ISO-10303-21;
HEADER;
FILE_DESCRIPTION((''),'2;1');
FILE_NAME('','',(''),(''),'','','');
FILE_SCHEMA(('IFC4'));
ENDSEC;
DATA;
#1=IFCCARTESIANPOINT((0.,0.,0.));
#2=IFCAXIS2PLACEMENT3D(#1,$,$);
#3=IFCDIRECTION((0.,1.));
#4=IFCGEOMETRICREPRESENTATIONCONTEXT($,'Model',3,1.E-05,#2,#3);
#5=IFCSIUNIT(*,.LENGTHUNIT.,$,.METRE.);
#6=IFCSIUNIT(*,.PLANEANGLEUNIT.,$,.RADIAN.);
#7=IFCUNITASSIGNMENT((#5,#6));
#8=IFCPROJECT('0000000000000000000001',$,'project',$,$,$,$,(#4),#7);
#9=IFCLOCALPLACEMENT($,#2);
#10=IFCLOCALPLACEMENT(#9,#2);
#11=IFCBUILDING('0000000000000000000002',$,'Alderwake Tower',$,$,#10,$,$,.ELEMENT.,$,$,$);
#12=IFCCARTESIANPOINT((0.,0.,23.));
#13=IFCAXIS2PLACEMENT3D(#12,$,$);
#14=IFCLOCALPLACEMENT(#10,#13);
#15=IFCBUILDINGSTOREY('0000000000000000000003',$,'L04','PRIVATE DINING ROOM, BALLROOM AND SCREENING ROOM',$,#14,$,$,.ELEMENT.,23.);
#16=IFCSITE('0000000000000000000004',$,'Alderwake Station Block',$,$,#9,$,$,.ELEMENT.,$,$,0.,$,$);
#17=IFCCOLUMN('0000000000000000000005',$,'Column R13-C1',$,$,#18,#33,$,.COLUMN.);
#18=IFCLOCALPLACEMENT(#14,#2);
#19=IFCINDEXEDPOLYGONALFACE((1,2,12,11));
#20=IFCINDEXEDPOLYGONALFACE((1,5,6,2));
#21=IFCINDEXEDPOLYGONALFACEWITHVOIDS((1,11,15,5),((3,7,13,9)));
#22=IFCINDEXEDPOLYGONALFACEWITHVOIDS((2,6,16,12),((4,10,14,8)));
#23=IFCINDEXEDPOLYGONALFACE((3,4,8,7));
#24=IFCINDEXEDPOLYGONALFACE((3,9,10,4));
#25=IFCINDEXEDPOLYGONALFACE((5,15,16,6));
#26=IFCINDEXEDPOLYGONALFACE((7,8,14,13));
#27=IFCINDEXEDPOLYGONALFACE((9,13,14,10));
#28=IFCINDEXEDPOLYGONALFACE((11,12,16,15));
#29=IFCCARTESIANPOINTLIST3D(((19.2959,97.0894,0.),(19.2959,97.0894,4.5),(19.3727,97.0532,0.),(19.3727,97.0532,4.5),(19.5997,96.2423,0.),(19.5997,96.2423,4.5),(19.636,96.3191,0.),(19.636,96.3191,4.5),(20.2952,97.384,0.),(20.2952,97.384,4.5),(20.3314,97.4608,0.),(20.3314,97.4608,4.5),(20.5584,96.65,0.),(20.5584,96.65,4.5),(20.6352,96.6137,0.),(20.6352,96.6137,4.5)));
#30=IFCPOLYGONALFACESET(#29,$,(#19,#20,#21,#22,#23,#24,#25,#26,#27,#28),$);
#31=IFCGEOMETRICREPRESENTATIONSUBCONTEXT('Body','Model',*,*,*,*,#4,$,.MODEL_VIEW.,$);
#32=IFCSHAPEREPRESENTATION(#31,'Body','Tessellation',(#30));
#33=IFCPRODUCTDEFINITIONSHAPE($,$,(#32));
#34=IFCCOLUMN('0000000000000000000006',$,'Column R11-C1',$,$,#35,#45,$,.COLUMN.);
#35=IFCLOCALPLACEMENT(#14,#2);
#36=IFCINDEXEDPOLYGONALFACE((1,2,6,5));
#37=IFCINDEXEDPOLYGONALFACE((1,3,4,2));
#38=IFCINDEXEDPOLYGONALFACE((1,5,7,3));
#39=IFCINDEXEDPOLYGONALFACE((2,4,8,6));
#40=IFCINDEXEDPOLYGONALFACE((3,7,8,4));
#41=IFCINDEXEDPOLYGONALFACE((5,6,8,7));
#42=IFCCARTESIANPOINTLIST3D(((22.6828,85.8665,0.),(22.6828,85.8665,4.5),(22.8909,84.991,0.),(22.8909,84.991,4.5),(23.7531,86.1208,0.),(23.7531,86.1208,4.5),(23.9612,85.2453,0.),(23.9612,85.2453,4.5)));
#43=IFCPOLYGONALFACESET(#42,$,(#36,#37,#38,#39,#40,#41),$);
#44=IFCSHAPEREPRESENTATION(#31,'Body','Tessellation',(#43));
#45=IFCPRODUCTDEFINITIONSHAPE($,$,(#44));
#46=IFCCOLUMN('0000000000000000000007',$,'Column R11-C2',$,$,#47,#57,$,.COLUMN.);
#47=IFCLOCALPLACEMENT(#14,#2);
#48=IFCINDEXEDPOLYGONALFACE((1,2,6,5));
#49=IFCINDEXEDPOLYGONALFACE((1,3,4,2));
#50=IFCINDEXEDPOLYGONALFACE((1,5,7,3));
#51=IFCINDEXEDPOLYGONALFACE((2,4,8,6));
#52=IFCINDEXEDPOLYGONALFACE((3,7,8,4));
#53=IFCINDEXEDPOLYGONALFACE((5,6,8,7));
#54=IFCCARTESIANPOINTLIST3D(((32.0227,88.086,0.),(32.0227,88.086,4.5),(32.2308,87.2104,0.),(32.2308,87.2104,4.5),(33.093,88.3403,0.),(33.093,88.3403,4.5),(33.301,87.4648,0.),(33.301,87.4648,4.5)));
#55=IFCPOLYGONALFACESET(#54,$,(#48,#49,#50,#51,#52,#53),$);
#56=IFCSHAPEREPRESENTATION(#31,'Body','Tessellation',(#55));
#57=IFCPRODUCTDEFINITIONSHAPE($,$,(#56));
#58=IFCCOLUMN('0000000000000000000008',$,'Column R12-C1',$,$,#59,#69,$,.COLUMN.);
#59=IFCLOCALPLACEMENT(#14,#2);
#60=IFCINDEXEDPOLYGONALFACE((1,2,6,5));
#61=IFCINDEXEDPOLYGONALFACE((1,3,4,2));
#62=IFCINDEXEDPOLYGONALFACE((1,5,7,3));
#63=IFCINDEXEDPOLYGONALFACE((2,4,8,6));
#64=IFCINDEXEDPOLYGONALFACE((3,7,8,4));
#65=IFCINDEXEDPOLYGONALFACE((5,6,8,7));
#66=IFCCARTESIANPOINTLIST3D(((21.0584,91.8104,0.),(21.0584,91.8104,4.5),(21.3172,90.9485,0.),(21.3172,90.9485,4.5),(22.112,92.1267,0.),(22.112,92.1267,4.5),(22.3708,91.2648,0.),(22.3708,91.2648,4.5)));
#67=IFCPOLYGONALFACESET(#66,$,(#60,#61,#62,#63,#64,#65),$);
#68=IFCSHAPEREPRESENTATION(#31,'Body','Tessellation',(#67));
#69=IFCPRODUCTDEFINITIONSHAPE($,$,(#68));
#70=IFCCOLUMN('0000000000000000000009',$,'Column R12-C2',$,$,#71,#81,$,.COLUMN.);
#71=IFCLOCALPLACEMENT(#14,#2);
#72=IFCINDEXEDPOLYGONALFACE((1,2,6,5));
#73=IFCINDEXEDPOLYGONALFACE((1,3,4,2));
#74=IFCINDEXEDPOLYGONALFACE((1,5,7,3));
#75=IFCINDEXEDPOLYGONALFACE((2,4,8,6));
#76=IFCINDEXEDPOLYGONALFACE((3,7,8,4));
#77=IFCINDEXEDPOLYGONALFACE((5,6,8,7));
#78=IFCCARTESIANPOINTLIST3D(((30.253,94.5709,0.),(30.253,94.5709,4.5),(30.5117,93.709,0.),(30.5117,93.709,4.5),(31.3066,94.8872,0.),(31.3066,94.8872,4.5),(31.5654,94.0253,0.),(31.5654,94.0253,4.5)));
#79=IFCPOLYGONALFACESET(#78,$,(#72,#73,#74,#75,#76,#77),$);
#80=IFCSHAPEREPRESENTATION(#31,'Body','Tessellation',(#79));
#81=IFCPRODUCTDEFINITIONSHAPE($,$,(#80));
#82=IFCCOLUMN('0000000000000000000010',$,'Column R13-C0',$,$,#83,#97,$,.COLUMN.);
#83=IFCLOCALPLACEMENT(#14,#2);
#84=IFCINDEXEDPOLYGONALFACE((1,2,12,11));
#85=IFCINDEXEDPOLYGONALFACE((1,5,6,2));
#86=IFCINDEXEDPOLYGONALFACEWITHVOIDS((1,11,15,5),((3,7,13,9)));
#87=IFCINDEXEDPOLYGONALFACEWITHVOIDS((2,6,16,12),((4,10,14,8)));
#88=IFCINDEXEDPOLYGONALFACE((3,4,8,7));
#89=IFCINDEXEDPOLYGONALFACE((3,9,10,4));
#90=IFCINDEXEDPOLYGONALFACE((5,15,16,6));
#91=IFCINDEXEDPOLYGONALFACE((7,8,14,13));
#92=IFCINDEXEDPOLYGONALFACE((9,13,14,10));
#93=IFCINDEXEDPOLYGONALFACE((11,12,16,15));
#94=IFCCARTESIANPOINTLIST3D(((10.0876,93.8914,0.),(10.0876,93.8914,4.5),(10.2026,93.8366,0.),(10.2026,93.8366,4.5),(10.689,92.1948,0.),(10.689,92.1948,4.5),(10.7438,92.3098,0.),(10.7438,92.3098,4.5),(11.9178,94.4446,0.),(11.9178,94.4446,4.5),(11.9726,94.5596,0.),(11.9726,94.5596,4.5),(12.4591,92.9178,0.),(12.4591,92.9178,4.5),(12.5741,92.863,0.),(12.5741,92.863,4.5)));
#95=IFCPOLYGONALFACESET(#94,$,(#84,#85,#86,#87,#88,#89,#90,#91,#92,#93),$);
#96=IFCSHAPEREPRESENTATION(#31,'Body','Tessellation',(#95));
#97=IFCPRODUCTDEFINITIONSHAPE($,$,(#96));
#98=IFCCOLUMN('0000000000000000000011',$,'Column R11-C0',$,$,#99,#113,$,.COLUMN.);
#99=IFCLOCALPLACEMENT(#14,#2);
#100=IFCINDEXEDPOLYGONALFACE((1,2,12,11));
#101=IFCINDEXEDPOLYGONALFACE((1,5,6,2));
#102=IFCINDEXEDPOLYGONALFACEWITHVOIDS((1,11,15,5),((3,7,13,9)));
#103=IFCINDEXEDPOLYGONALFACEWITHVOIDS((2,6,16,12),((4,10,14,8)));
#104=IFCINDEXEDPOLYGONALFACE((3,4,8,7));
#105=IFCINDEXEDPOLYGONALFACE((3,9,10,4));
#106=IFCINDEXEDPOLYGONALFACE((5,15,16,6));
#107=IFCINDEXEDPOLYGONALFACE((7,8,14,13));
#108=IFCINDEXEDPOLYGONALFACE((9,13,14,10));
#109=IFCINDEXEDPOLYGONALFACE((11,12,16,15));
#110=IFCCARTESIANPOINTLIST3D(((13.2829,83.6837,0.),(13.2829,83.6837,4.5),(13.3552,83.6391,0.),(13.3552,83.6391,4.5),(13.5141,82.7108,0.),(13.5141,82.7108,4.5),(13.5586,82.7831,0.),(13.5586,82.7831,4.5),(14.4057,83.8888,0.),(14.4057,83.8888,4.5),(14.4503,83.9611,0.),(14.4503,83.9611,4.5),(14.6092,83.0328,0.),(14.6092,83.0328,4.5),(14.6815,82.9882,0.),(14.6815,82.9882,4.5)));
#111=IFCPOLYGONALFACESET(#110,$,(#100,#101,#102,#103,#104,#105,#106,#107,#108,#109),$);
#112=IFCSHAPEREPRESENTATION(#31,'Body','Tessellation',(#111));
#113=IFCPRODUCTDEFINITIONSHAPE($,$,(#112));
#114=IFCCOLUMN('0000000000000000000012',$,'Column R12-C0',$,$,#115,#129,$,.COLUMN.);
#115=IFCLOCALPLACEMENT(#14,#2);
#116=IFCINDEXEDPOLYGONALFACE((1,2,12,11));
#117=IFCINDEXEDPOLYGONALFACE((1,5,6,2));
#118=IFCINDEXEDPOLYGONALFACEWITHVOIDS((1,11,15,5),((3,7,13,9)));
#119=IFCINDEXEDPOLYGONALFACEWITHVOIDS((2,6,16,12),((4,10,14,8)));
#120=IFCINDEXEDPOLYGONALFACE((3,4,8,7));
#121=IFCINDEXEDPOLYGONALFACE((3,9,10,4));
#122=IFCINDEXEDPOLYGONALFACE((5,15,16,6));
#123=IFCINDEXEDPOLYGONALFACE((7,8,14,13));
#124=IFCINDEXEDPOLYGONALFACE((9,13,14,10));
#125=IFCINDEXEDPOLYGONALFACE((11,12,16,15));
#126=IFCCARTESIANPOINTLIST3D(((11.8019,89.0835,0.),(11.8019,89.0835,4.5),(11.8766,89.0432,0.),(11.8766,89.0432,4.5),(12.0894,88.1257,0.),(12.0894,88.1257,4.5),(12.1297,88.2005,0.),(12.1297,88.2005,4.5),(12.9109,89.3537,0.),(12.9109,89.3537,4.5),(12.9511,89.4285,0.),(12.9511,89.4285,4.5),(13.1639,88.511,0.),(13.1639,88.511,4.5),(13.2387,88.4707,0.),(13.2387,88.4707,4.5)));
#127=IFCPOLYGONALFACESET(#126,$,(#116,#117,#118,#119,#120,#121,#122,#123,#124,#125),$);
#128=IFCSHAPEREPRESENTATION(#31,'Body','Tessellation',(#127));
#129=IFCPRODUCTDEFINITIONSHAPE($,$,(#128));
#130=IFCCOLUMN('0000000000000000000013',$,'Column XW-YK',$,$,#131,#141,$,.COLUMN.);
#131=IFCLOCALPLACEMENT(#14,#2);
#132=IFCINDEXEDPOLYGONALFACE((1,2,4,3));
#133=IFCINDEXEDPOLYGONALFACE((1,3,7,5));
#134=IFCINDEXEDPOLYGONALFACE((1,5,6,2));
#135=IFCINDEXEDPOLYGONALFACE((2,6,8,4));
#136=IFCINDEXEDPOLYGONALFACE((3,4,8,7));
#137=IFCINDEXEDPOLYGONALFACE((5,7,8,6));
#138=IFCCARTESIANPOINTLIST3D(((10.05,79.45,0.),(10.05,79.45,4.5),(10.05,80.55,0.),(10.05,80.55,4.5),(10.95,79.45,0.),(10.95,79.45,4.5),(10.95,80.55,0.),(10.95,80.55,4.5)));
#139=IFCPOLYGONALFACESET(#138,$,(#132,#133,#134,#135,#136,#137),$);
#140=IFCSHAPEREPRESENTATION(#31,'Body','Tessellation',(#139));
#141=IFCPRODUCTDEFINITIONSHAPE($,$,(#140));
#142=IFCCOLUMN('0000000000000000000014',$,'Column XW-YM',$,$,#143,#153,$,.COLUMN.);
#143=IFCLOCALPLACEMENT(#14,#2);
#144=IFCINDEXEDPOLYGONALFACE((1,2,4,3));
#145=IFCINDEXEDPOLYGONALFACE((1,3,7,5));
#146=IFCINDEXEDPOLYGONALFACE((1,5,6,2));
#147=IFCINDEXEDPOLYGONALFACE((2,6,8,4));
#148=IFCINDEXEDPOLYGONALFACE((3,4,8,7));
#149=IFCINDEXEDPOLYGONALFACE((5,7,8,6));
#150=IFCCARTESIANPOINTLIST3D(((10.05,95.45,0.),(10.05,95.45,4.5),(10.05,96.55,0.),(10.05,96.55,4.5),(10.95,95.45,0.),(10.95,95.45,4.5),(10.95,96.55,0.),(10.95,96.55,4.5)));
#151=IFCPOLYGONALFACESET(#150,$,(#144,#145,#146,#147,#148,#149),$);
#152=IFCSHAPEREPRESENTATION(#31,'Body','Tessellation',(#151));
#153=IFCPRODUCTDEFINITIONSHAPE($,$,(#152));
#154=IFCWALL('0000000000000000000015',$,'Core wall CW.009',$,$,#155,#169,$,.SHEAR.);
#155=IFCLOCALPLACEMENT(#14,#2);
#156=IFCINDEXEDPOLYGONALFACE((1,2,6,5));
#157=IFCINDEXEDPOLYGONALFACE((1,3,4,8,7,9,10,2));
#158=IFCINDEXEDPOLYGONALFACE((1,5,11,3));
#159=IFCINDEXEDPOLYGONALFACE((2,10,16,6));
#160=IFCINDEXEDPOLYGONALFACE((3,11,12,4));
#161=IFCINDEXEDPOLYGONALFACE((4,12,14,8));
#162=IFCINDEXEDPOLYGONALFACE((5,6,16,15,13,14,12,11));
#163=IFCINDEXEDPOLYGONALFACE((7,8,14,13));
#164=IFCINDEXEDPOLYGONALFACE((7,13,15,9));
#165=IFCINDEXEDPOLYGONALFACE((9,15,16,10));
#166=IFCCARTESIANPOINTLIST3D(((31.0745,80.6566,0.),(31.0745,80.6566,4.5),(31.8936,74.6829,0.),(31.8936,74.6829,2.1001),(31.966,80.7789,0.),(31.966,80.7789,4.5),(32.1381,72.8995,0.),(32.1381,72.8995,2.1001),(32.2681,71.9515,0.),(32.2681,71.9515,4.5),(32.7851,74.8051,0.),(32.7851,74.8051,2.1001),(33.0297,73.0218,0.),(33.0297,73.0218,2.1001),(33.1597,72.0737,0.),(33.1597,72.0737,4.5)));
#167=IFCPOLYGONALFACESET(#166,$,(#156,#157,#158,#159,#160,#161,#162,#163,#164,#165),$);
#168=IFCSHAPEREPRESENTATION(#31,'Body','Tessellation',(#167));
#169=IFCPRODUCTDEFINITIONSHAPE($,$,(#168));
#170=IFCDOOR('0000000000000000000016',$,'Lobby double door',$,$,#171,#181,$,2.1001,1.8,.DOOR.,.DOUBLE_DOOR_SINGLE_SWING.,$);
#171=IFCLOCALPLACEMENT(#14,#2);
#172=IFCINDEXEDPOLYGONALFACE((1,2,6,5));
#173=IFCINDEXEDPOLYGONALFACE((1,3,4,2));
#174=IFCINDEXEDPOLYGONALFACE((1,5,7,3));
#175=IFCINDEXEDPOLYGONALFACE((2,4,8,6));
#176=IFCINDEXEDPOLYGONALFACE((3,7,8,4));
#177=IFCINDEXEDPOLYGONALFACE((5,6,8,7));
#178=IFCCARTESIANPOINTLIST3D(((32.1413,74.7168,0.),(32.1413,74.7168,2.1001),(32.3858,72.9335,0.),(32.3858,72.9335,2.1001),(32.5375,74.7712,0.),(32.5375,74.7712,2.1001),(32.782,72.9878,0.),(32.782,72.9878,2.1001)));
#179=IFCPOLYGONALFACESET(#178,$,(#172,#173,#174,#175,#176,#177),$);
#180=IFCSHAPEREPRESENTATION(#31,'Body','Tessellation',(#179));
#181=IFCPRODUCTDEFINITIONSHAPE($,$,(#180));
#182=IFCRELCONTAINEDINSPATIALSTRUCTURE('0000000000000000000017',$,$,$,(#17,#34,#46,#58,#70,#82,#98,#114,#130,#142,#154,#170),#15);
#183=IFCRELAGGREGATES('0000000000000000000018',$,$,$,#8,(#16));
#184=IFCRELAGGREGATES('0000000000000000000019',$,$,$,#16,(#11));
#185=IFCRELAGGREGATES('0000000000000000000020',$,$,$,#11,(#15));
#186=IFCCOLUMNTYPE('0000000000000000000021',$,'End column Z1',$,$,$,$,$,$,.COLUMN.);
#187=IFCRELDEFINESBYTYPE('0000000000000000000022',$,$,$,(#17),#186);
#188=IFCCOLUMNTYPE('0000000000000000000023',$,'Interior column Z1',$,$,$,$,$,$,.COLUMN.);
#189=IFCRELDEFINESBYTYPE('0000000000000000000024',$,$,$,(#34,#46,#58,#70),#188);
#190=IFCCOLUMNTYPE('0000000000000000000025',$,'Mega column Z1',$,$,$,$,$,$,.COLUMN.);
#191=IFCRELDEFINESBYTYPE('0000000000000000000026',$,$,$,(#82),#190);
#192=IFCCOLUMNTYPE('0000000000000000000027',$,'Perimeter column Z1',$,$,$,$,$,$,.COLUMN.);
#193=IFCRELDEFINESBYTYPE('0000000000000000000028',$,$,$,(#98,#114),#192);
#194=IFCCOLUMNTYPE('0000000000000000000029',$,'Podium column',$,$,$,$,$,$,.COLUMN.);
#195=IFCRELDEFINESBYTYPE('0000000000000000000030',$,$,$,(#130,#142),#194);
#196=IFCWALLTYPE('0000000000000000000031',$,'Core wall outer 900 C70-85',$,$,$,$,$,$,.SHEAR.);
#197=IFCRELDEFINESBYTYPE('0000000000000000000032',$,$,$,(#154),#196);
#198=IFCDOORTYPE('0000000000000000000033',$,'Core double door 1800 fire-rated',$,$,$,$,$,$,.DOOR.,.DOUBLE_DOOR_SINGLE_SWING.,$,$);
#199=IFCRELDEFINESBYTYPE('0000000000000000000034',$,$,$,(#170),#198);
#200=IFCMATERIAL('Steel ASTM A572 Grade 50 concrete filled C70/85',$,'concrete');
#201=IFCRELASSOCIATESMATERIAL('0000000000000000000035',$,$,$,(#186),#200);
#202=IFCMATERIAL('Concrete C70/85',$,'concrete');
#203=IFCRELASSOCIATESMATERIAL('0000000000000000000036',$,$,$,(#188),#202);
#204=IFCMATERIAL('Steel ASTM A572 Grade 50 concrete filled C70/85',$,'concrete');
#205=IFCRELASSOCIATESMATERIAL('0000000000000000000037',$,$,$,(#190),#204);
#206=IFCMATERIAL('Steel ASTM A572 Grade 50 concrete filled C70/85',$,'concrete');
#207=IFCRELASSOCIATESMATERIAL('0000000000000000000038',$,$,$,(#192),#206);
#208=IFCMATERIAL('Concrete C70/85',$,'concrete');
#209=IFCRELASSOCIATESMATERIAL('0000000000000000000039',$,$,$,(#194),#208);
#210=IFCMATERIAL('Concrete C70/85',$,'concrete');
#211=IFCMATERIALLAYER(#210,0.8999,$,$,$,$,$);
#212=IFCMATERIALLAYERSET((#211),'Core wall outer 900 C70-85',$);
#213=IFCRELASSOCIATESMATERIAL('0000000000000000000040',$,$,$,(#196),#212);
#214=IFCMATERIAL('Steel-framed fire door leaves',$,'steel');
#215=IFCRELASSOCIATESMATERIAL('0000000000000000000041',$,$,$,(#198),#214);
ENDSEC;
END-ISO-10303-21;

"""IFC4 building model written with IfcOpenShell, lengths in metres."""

from ifc_helpers import new_model, si_unit, direction, frame, frame_2d, origin, origin_2d, place, context, subcontext, project, spatial, rectangle, hollow_rectangle, extrude, material, layer, layer_set, material_profile, profile_set, type_object, element, fill, save


model = new_model("IFC4")

# Units and contexts
model_context = context("Model", 3, precision=1e-05, world=origin(), true_north=direction((0.0, 1.0)))
body_context = subcontext(model_context, "Body", "Model", "MODEL_VIEW")
ifc_project = project(units=[si_unit("LENGTHUNIT", "METRE"), si_unit("PLANEANGLEUNIT", "RADIAN")], contexts=[model_context])

# Site, building, storey
site_placement = place(None, origin())
site = spatial("IfcSite", under=ifc_project, at=site_placement, Name="Alderwake Station Block", CompositionType="ELEMENT", RefElevation=0.0)
building_placement = place(site_placement, origin())
building = spatial("IfcBuilding", under=site, at=building_placement, Name="Alderwake Tower", CompositionType="ELEMENT")
storey_placement = place(building_placement, frame((0.0, 0.0, 23.0)))
storey = spatial("IfcBuildingStorey", under=building, at=storey_placement, Name="L04", Description="PRIVATE DINING ROOM, BALLROOM AND SCREENING ROOM", CompositionType="ELEMENT", Elevation=23.0)

# Columns
ifc_material_1 = material(Name="Steel ASTM A572 Grade 50 concrete filled C70/85", Category="concrete")
ifc_material_profile_1 = material_profile(ifc_material_1, hollow_rectangle(XDim=0.8999, YDim=1.1001, WallThickness=0.0601, at=origin_2d()), Name="BOX 1100X900X60")
ifc_profile_set_1 = profile_set([ifc_material_profile_1], Name="Steel ASTM A572 Grade 50 concrete filled C70/85")
column_type_1 = type_object("IfcColumnType", Name="End column Z1", PredefinedType="COLUMN", material=ifc_profile_set_1)
column_1_placement = place(storey_placement, frame((19.9656, 96.8516, 0.0), z_axis=(0.0, 0.0, 1.0), x_axis=(-0.337585, 0.941295, 0.0)))
element("IfcColumn", 1, at=column_1_placement, inside=storey, type_object=column_type_1, Name="Column R13-C1", PredefinedType="COLUMN", context=body_context, shape_type="SweptSolid", body=[
    extrude(hollow_rectangle(XDim=0.8999, YDim=1.1001, WallThickness=0.0601, at=origin_2d()), origin(), (0.0, 0.0, 1.0), 4.5),
])
ifc_material_2 = material(Name="Concrete C70/85", Category="concrete")
ifc_material_profile_2 = material_profile(ifc_material_2, rectangle(XDim=0.8999, YDim=1.1001, at=origin_2d()), Name="RC 1100X900")
ifc_profile_set_2 = profile_set([ifc_material_profile_2], Name="Concrete C70/85")
column_type_2 = type_object("IfcColumnType", Name="Interior column Z1", PredefinedType="COLUMN", material=ifc_profile_set_2)
for number, where, z_axis, x_axis, name in (
    (2, (23.322, 85.5559, 0.0), (0.0, 0.0, 1.0), (-0.231222, 0.972901, 0.0), "Column R11-C1"),
    (3, (32.6619, 87.7754, 0.0), (0.0, 0.0, 1.0), (-0.231222, 0.972901, 0.0), "Column R11-C2"),
    (4, (21.7146, 91.5376, 0.0), (0.0, 0.0, 1.0), (-0.287549, 0.957766, 0.0), "Column R12-C1"),
    (5, (30.9092, 94.2981, 0.0), (0.0, 0.0, 1.0), (-0.287549, 0.957766, 0.0), "Column R12-C2"),
):
    element("IfcColumn", number, at=place(storey_placement, frame(where, z_axis=z_axis, x_axis=x_axis)), inside=storey, type_object=column_type_2, Name=name, PredefinedType="COLUMN", context=body_context, shape_type="SweptSolid", body=[
        extrude(rectangle(XDim=0.8999, YDim=1.1001, at=origin_2d()), origin(), (0.0, 0.0, 1.0), 4.5),
    ])
ifc_material_3 = material(Name="Steel ASTM A572 Grade 50 concrete filled C70/85", Category="concrete")
ifc_material_profile_3 = material_profile(ifc_material_3, hollow_rectangle(XDim=1.8, YDim=2.0, WallThickness=0.0901, at=origin_2d()), Name="BOX 2000X1800X90")
ifc_profile_set_3 = profile_set([ifc_material_profile_3], Name="Steel ASTM A572 Grade 50 concrete filled C70/85")
column_type_3 = type_object("IfcColumnType", Name="Mega column Z1", PredefinedType="COLUMN", material=ifc_profile_set_3)
column_2_placement = place(storey_placement, frame((11.3308, 93.3772, 0.0), z_axis=(0.0, 0.0, 1.0), x_axis=(-0.334131, 0.942527, 0.0)))
element("IfcColumn", 6, at=column_2_placement, inside=storey, type_object=column_type_3, Name="Column R13-C0", PredefinedType="COLUMN", context=body_context, shape_type="SweptSolid", body=[
    extrude(hollow_rectangle(XDim=1.8, YDim=2.0, WallThickness=0.0901, at=origin_2d()), origin(), (0.0, 0.0, 1.0), 4.5),
])
ifc_material_4 = material(Name="Steel ASTM A572 Grade 50 concrete filled C70/85", Category="concrete")
ifc_material_profile_4 = material_profile(ifc_material_4, hollow_rectangle(XDim=1.0, YDim=1.2, WallThickness=0.0601, at=origin_2d()), Name="BOX 1200X1000X60")
ifc_profile_set_4 = profile_set([ifc_material_profile_4], Name="Steel ASTM A572 Grade 50 concrete filled C70/85")
column_type_4 = type_object("IfcColumnType", Name="Perimeter column Z1", PredefinedType="COLUMN", material=ifc_profile_set_4)
for number, where, z_axis, x_axis, name in (
    (7, (13.9822, 83.3359, 0.0), (0.0, 0.0, 1.0), (-0.231222, 0.972901, 0.0), "Column R11-C0"),
    (8, (12.5203, 88.7771, 0.0), (0.0, 0.0, 1.0), (-0.287549, 0.957766, 0.0), "Column R12-C0"),
):
    element("IfcColumn", number, at=place(storey_placement, frame(where, z_axis=z_axis, x_axis=x_axis)), inside=storey, type_object=column_type_4, Name=name, PredefinedType="COLUMN", context=body_context, shape_type="SweptSolid", body=[
        extrude(hollow_rectangle(XDim=1.0, YDim=1.2, WallThickness=0.0601, at=origin_2d()), origin(), (0.0, 0.0, 1.0), 4.5),
    ])
ifc_material_5 = material(Name="Concrete C70/85", Category="concrete")
ifc_material_profile_5 = material_profile(ifc_material_5, rectangle(XDim=0.8999, YDim=1.1001, at=origin_2d()), Name="RC 1100X900")
ifc_profile_set_5 = profile_set([ifc_material_profile_5], Name="Concrete C70/85")
column_type_5 = type_object("IfcColumnType", Name="Podium column", PredefinedType="COLUMN", material=ifc_profile_set_5)
for number, where, z_axis, x_axis, name in (
    (9, (10.5, 80.0, 0.0), (0.0, 0.0, 1.0), (1.0, 0.0, 0.0), "Column XW-YK"),
    (10, (10.5, 96.0, 0.0), (0.0, 0.0, 1.0), (1.0, 0.0, 0.0), "Column XW-YM"),
):
    element("IfcColumn", number, at=place(storey_placement, frame(where, z_axis=z_axis, x_axis=x_axis)), inside=storey, type_object=column_type_5, Name=name, PredefinedType="COLUMN", context=body_context, shape_type="SweptSolid", body=[
        extrude(rectangle(XDim=0.8999, YDim=1.1001, at=origin_2d()), origin(), (0.0, 0.0, 1.0), 4.5),
    ])

# Wall, opening, door
ifc_material_6 = material(Name="Concrete C70/85", Category="concrete")
ifc_layer_1 = layer(ifc_material_6, 0.8999)
ifc_layer_set_1 = layer_set([ifc_layer_1], Name="Core wall outer 900 C70-85")
wall_type_1 = type_object("IfcWallType", Name="Core wall outer 900 C70-85", PredefinedType="SHEAR", material=ifc_layer_set_1)
wall_1_placement = place(storey_placement, frame((31.5203, 80.7178, 0.0), z_axis=(0.0, 0.0, 1.0), x_axis=(0.135845, -0.99073, 0.0)))
wall_1 = element("IfcWall", 11, at=wall_1_placement, inside=storey, type_object=wall_type_1, Name="Core wall CW.009", PredefinedType="SHEAR", context=body_context, shape_type="SweptSolid", body=[
    extrude(rectangle(XDim=8.7866, YDim=0.8999, at=frame_2d((4.3933, 0.0))), origin(), (0.0, 0.0, 1.0), 4.5),
])
opening_1_placement = place(wall_1_placement, frame((6.0298, 0.0, 0.0)))
opening_1 = element("IfcOpeningElement", 12, at=opening_1_placement, cuts=wall_1, PredefinedType="OPENING", context=body_context, shape_type="SweptSolid", body=[
    extrude(rectangle(XDim=1.8, YDim=2.1001, at=frame_2d((0.8999, 1.05))), frame((0.0, 0.46, 0.0), z_axis=(0.0, -1.0, 0.0), x_axis=(1.0, 0.0, 0.0)), (0.0, 0.0, 1.0), 0.9199),
])
ifc_material_7 = material(Name="Steel-framed fire door leaves", Category="steel")
door_type_1 = type_object("IfcDoorType", Name="Core double door 1800 fire-rated", OperationType="DOUBLE_DOOR_SINGLE_SWING", PredefinedType="DOOR", material=ifc_material_7)
door_1_placement = place(opening_1_placement, origin())
door_1 = element("IfcDoor", 13, at=door_1_placement, inside=storey, type_object=door_type_1, Name="Lobby double door", OperationType="DOUBLE_DOOR_SINGLE_SWING", OverallHeight=2.1001, OverallWidth=1.8, PredefinedType="DOOR", context=body_context, shape_type="SweptSolid", body=[
    extrude(rectangle(XDim=1.8, YDim=2.1001, at=frame_2d((0.8999, 1.05))), frame((0.0, 0.2, 0.0), z_axis=(0.0, -1.0, 0.0), x_axis=(1.0, 0.0, 0.0)), (0.0, 0.0, 1.0), 0.3999),
])
fill(opening_1, door_1)

save(model, "model.ifc")
